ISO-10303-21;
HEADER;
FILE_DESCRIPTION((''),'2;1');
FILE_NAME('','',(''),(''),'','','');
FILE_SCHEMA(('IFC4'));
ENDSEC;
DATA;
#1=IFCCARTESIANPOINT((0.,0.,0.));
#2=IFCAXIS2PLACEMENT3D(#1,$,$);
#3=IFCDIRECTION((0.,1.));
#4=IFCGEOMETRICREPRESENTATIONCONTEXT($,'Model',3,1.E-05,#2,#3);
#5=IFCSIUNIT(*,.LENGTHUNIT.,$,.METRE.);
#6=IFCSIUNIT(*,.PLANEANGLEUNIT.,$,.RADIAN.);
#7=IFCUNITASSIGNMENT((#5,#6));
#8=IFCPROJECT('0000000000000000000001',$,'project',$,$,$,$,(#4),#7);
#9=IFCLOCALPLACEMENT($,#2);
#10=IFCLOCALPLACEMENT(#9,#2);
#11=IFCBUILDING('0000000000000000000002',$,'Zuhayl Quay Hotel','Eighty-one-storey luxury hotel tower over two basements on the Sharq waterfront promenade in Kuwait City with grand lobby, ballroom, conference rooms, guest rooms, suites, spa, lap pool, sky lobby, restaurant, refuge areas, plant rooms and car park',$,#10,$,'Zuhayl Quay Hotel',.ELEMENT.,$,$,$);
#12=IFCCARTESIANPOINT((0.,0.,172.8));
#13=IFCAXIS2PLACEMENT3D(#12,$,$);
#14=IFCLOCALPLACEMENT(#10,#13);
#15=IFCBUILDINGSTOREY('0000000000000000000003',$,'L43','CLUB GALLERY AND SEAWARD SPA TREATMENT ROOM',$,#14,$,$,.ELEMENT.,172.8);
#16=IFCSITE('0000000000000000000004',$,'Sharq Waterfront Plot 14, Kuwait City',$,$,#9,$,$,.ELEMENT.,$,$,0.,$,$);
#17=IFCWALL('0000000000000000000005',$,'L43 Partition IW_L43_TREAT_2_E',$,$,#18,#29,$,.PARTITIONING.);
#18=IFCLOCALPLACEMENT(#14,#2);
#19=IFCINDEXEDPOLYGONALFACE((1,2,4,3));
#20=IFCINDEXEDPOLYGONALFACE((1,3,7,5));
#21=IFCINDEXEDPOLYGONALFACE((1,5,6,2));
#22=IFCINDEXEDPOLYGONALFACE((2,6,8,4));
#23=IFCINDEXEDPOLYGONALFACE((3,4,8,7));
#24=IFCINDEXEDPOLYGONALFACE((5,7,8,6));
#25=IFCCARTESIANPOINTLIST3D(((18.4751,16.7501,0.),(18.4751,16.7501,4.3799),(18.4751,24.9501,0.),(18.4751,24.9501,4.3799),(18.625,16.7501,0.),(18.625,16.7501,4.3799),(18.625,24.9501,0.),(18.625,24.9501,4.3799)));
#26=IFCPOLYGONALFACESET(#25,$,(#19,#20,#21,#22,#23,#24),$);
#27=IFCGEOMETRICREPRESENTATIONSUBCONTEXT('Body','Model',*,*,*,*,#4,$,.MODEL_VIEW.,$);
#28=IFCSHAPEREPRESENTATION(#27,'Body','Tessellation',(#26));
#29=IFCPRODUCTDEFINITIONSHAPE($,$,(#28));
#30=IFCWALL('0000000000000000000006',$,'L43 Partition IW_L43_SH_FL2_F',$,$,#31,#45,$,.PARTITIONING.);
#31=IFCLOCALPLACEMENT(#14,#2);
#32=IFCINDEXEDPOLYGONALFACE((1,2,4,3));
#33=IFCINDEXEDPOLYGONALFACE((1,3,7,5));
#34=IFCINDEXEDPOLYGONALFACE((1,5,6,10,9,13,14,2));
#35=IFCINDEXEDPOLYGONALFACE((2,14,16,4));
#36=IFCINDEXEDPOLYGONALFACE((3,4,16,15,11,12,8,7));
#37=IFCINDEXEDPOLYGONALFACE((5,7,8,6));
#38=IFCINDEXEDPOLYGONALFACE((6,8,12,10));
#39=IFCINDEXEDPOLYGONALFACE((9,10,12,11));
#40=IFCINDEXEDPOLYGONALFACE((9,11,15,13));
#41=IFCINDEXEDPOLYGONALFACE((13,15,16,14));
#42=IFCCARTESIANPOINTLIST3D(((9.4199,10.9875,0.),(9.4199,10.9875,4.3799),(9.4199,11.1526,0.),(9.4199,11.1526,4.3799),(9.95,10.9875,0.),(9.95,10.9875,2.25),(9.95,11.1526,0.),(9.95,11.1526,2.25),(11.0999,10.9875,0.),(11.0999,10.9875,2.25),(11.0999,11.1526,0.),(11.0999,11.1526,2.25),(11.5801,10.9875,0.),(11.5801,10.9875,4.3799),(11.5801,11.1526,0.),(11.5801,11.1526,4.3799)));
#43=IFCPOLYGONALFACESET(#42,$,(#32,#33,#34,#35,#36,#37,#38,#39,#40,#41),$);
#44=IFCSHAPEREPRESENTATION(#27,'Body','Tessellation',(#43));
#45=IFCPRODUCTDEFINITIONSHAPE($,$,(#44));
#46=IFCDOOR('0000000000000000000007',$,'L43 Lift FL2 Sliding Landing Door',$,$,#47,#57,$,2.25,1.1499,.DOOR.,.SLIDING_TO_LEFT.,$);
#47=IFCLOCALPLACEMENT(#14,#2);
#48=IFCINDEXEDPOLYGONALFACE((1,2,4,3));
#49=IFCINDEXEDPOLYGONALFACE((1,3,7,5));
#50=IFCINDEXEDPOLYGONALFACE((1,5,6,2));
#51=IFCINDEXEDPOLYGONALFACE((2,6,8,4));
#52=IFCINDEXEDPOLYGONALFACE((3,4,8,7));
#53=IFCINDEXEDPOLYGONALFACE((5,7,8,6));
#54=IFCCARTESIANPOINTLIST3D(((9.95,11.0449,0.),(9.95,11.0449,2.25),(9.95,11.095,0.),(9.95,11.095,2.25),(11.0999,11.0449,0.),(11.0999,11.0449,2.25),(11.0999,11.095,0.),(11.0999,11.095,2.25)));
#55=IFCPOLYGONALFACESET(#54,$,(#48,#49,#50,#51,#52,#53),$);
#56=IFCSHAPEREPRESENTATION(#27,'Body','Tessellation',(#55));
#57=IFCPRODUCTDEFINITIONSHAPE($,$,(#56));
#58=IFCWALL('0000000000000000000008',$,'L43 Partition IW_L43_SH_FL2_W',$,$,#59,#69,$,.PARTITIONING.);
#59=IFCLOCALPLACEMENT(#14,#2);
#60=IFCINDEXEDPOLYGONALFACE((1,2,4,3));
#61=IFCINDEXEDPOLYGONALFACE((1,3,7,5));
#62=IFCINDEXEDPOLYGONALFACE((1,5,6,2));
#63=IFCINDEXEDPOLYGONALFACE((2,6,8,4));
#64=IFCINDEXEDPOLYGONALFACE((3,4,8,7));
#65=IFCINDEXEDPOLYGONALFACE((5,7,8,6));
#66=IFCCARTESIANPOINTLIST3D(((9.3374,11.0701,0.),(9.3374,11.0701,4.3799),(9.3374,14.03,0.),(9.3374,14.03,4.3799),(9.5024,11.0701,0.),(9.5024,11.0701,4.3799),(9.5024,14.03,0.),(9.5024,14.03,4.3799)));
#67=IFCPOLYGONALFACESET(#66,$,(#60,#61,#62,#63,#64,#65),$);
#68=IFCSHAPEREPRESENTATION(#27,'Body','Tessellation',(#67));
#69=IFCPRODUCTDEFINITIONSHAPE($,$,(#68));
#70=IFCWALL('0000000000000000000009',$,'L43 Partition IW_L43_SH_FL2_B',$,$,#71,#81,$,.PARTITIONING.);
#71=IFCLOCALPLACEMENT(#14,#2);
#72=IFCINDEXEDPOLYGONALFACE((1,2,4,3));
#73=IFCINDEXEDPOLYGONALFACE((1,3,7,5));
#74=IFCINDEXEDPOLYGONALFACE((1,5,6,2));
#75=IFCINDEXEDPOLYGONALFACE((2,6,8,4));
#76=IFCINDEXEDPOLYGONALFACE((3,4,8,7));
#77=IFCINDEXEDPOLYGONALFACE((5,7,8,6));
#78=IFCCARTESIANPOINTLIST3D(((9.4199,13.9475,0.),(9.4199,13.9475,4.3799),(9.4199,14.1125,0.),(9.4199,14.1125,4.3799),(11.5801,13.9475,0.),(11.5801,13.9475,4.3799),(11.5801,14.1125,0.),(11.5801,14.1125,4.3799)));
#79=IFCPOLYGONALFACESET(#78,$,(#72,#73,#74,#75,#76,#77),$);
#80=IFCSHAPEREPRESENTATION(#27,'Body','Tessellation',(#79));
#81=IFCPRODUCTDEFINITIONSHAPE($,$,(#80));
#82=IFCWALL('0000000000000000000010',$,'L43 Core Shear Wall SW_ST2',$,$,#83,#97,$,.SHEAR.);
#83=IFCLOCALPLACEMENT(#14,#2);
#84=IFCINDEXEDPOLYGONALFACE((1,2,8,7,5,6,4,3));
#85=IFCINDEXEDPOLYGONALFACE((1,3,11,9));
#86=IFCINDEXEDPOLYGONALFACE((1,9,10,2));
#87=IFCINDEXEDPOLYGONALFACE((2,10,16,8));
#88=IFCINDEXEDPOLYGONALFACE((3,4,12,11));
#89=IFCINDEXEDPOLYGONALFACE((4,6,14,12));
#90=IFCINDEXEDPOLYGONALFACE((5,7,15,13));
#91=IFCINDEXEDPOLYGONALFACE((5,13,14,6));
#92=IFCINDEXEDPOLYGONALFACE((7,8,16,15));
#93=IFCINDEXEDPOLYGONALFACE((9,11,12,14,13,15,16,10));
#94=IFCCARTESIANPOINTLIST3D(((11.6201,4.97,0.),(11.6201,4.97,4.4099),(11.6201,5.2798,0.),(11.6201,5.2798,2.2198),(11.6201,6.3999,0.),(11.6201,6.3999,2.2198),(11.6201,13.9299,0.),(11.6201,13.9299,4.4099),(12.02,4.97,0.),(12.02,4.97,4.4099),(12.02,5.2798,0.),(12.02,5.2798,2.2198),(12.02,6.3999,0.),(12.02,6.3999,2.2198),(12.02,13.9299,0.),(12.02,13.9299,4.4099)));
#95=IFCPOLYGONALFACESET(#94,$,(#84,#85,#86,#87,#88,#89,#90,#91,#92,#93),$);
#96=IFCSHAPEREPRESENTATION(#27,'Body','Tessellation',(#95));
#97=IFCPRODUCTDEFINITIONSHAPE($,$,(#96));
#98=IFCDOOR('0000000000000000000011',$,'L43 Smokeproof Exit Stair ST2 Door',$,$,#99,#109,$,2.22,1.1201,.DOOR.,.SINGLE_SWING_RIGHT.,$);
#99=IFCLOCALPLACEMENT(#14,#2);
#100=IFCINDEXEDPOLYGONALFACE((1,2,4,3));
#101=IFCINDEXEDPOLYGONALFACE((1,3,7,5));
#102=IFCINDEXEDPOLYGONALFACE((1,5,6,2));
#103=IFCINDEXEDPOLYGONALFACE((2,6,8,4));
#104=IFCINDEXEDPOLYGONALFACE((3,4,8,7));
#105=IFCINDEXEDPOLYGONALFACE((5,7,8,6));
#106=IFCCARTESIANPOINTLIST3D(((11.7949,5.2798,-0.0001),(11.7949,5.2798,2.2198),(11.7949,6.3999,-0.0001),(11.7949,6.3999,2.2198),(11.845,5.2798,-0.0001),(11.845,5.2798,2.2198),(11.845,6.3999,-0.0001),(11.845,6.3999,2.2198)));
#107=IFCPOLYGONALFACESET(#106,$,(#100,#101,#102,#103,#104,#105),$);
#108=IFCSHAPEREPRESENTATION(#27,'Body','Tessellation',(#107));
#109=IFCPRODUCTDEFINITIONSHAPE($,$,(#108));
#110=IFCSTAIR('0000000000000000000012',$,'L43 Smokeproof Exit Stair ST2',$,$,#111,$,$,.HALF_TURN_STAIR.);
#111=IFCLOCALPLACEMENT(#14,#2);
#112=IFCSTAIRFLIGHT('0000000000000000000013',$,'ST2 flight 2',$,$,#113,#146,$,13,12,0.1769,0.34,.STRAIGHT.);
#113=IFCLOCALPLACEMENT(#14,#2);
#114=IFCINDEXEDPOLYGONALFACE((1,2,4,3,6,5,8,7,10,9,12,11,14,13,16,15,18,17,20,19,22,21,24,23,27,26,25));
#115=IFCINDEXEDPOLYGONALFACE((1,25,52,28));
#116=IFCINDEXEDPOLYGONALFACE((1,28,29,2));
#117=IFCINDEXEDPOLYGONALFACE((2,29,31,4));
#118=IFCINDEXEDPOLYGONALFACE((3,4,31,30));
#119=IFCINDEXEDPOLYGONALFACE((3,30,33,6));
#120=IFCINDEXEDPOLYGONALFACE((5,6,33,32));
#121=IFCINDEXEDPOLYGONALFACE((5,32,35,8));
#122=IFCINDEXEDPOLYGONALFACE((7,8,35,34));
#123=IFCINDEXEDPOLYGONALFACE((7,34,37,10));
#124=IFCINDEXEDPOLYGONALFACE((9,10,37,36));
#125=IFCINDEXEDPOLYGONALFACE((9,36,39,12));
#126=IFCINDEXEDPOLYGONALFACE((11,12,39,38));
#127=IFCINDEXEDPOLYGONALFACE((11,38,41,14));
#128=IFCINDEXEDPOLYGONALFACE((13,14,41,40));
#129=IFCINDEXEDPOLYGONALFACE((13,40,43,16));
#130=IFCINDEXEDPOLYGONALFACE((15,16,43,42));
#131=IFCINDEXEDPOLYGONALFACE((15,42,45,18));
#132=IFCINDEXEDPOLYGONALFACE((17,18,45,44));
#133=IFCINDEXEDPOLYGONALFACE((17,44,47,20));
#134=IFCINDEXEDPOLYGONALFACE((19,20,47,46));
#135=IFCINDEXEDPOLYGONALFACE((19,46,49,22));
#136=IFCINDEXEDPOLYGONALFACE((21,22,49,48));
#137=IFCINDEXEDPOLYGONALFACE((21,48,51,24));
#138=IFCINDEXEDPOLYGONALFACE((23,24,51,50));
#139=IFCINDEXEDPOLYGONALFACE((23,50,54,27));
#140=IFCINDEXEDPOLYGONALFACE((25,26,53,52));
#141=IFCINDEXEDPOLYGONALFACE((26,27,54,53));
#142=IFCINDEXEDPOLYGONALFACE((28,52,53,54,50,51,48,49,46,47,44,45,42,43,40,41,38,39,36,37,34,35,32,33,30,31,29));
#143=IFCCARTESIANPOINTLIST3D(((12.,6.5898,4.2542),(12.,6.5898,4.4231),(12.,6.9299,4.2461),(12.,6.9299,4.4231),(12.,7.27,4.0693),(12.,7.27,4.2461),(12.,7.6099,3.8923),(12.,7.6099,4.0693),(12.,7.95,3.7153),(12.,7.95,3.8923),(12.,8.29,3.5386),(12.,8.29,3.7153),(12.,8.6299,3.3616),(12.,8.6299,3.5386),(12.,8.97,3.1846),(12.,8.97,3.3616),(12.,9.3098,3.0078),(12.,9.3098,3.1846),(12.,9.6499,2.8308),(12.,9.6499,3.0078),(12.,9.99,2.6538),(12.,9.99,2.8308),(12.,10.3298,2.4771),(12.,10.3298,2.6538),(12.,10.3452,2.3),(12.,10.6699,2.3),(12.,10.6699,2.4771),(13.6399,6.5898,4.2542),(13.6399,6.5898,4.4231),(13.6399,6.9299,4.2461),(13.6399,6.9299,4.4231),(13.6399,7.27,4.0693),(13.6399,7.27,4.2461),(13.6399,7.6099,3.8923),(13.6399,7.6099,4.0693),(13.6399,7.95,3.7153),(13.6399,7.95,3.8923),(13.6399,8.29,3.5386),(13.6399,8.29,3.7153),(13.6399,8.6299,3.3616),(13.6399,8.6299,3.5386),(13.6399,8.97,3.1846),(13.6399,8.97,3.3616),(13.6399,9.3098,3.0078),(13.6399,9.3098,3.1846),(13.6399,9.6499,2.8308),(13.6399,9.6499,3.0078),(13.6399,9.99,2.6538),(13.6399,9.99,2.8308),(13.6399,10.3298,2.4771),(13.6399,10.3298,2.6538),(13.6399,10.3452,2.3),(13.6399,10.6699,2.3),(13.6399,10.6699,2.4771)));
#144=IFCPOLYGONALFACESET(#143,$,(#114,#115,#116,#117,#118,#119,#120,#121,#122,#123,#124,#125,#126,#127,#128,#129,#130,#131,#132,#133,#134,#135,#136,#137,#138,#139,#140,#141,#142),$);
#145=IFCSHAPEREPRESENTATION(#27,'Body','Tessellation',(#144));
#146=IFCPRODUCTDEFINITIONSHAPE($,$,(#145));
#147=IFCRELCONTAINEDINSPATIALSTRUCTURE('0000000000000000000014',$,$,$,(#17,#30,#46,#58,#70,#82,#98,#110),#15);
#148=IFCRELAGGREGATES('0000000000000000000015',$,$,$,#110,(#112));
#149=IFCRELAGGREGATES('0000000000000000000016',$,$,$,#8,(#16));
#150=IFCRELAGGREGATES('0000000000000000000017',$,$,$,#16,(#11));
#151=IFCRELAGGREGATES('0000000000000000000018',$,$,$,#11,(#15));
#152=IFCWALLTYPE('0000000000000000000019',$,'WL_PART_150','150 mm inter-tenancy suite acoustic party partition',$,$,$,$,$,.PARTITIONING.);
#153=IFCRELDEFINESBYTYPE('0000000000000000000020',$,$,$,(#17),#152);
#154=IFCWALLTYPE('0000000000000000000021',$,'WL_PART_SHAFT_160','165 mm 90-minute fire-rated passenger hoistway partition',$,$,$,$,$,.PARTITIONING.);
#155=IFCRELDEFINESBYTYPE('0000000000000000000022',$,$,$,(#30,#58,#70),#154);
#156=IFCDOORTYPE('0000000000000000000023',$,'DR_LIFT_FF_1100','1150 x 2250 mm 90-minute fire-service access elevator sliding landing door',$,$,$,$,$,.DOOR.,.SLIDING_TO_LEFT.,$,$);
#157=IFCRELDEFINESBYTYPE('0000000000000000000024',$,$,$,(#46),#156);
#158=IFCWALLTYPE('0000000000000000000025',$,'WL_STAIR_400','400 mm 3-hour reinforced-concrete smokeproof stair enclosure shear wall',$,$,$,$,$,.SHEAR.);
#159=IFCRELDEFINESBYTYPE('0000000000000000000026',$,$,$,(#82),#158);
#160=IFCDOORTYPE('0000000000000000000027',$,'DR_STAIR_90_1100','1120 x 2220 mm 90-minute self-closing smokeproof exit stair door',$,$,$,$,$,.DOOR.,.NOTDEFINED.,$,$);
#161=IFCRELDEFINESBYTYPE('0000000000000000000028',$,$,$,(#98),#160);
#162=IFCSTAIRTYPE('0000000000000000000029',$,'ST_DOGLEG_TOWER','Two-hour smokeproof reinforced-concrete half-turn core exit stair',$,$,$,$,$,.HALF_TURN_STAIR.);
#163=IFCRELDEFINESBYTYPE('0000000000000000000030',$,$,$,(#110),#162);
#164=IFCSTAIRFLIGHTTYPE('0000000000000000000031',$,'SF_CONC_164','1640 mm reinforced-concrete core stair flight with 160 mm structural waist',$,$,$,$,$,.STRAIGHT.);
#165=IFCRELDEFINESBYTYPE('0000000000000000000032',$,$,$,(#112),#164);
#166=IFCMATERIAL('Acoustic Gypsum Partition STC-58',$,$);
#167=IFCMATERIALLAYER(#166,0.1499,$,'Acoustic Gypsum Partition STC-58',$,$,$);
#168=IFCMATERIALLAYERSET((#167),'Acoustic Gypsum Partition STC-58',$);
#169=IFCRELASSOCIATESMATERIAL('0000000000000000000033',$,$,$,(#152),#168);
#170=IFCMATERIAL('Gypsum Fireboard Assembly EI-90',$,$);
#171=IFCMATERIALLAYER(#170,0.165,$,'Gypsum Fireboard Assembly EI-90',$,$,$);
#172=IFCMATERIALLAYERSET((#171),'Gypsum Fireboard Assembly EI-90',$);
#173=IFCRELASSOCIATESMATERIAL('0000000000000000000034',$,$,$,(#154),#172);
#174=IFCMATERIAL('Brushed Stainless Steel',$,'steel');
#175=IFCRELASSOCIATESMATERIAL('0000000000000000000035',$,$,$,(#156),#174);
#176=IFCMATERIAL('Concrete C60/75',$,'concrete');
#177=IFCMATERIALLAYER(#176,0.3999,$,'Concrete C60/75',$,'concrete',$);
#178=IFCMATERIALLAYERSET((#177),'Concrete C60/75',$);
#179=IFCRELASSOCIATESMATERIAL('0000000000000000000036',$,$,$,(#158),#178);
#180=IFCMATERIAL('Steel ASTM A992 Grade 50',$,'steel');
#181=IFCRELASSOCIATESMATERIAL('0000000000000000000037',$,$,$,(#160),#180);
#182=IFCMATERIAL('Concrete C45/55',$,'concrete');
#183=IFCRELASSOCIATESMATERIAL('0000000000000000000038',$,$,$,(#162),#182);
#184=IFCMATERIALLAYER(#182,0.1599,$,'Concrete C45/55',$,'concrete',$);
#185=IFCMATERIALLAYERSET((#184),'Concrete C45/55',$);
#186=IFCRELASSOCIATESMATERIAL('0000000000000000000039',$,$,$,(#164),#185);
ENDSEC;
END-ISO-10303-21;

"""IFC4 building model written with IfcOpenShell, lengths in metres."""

from ifc_helpers import new_model, si_unit, direction, frame, frame_2d, origin, place, context, subcontext, project, spatial, polyline, rectangle, outline, extrude, material, layer, layer_set, type_object, element, fill, aggregate, save


model = new_model("IFC4")

# Units and contexts
model_context = context("Model", 3, precision=1e-05, world=origin(), true_north=direction((0.0, 1.0)))
body_context = subcontext(model_context, "Body", "Model", "MODEL_VIEW")
ifc_project = project(units=[si_unit("LENGTHUNIT", "METRE"), si_unit("PLANEANGLEUNIT", "RADIAN")], contexts=[model_context])

# Site, building, storey
site_placement = place(None, origin())
site = spatial("IfcSite", under=ifc_project, at=site_placement, Name="Sharq Waterfront Plot 14, Kuwait City", CompositionType="ELEMENT", RefElevation=0.0)
building_placement = place(site_placement, origin())
building = spatial("IfcBuilding", under=site, at=building_placement, Name="Zuhayl Quay Hotel", Description="Eighty-one-storey luxury hotel tower over two basements on the Sharq waterfront promenade in Kuwait City with grand lobby, ballroom, conference rooms, guest rooms, suites, spa, lap pool, sky lobby, restaurant, refuge areas, plant rooms and car park", LongName="Zuhayl Quay Hotel", CompositionType="ELEMENT")
storey_placement = place(building_placement, frame((0.0, 0.0, 172.8)))
storey = spatial("IfcBuildingStorey", under=building, at=storey_placement, Name="L43", Description="CLUB GALLERY AND SEAWARD SPA TREATMENT ROOM", CompositionType="ELEMENT", Elevation=172.8)

# Shared definitions
ifc_material_1 = material(Name="Concrete C60/75", Category="concrete")

# Shared definitions
ifc_material_2 = material(Name="Steel ASTM A992 Grade 50", Category="steel")

# Wall
ifc_material_3 = material(Name="Acoustic Gypsum Partition STC-58")
ifc_layer_1 = layer(ifc_material_3, 0.1499, Name="Acoustic Gypsum Partition STC-58")
ifc_layer_set_1 = layer_set([ifc_layer_1], Name="Acoustic Gypsum Partition STC-58")
wall_type_1 = type_object("IfcWallType", Name="WL_PART_150", Description="150 mm inter-tenancy suite acoustic party partition", PredefinedType="PARTITIONING", material=ifc_layer_set_1)
wall_1_placement = place(storey_placement, frame((18.55, 16.75, 0.0), z_axis=(0.0, 0.0, 1.0), x_axis=(0.0, 1.0, 0.0)))
element("IfcWall", 1, at=wall_1_placement, inside=storey, type_object=wall_type_1, Name="L43 Partition IW_L43_TREAT_2_E", PredefinedType="PARTITIONING", context=body_context, shape_type="SweptSolid", body=[
    extrude(rectangle(XDim=8.2, YDim=0.1499, at=frame_2d((4.1001, 0.0))), origin(), (0.0, 0.0, 1.0), 4.3799),
])

# Wall, opening, door
ifc_material_4 = material(Name="Gypsum Fireboard Assembly EI-90")
ifc_layer_2 = layer(ifc_material_4, 0.165, Name="Gypsum Fireboard Assembly EI-90")
ifc_layer_set_2 = layer_set([ifc_layer_2], Name="Gypsum Fireboard Assembly EI-90")
wall_type_2 = type_object("IfcWallType", Name="WL_PART_SHAFT_160", Description="165 mm 90-minute fire-rated passenger hoistway partition", PredefinedType="PARTITIONING", material=ifc_layer_set_2)
wall_2_placement = place(storey_placement, frame((9.4199, 11.0701, 0.0), z_axis=(0.0, 0.0, 1.0), x_axis=(1.0, 0.0, 0.0)))
wall_2 = element("IfcWall", 2, at=wall_2_placement, inside=storey, type_object=wall_type_2, Name="L43 Partition IW_L43_SH_FL2_F", PredefinedType="PARTITIONING", context=body_context, shape_type="SweptSolid", body=[
    extrude(rectangle(XDim=2.1602, YDim=0.165, at=frame_2d((1.0801, 0.0))), origin(), (0.0, 0.0, 1.0), 4.3799),
])
opening_1_placement = place(wall_2_placement, frame((0.53, 0.0, 0.0)))
opening_1 = element("IfcOpeningElement", 3, at=opening_1_placement, cuts=wall_2, PredefinedType="OPENING", context=body_context, shape_type="SweptSolid", body=[
    extrude(rectangle(XDim=1.1499, YDim=2.25, at=frame_2d((0.575, 1.125))), frame((0.0, 0.0925, 0.0), z_axis=(0.0, -1.0, 0.0), x_axis=(1.0, 0.0, 0.0)), (0.0, 0.0, 1.0), 0.1851),
])
ifc_material_5 = material(Name="Brushed Stainless Steel", Category="steel")
door_type_1 = type_object("IfcDoorType", Name="DR_LIFT_FF_1100", Description="1150 x 2250 mm 90-minute fire-service access elevator sliding landing door", OperationType="SLIDING_TO_LEFT", PredefinedType="DOOR", material=ifc_material_5)
door_1_placement = place(opening_1_placement, origin())
door_1 = element("IfcDoor", 4, at=door_1_placement, inside=storey, type_object=door_type_1, Name="L43 Lift FL2 Sliding Landing Door", OperationType="SLIDING_TO_LEFT", OverallHeight=2.25, OverallWidth=1.1499, PredefinedType="DOOR", context=body_context, shape_type="SweptSolid", body=[
    extrude(rectangle(XDim=1.1499, YDim=2.25, at=frame_2d((0.575, 1.125))), frame((0.0, 0.0249, 0.0), z_axis=(0.0, -1.0, 0.0), x_axis=(1.0, 0.0, 0.0)), (0.0, 0.0, 1.0), 0.05),
])
fill(opening_1, door_1)

# Walls
wall_3_placement = place(storey_placement, frame((9.4199, 11.0701, 0.0), z_axis=(0.0, 0.0, 1.0), x_axis=(0.0, 1.0, 0.0)))
element("IfcWall", 5, at=wall_3_placement, inside=storey, type_object=wall_type_2, Name="L43 Partition IW_L43_SH_FL2_W", PredefinedType="PARTITIONING", context=body_context, shape_type="SweptSolid", body=[
    extrude(rectangle(XDim=2.96, YDim=0.165, at=frame_2d((1.48, 0.0))), origin(), (0.0, 0.0, 1.0), 4.3799),
])
wall_4_placement = place(storey_placement, frame((9.4199, 14.03, 0.0), z_axis=(0.0, 0.0, 1.0), x_axis=(1.0, 0.0, 0.0)))
element("IfcWall", 6, at=wall_4_placement, inside=storey, type_object=wall_type_2, Name="L43 Partition IW_L43_SH_FL2_B", PredefinedType="PARTITIONING", context=body_context, shape_type="SweptSolid", body=[
    extrude(rectangle(XDim=2.1602, YDim=0.165, at=frame_2d((1.0801, 0.0))), origin(), (0.0, 0.0, 1.0), 4.3799),
])

# Wall, opening, door
ifc_layer_3 = layer(ifc_material_1, 0.3999, Name="Concrete C60/75", Category="concrete")
ifc_layer_set_3 = layer_set([ifc_layer_3], Name="Concrete C60/75")
wall_type_3 = type_object("IfcWallType", Name="WL_STAIR_400", Description="400 mm 3-hour reinforced-concrete smokeproof stair enclosure shear wall", PredefinedType="SHEAR", material=ifc_layer_set_3)
wall_5_placement = place(storey_placement, frame((11.8201, 13.9299, 0.0), z_axis=(0.0, 0.0, 1.0), x_axis=(0.0, -1.0, 0.0)))
wall_5 = element("IfcWall", 7, at=wall_5_placement, inside=storey, type_object=wall_type_3, Name="L43 Core Shear Wall SW_ST2", PredefinedType="SHEAR", context=body_context, shape_type="SweptSolid", body=[
    extrude(rectangle(XDim=8.96, YDim=0.3999, at=frame_2d((4.48, 0.0))), origin(), (0.0, 0.0, 1.0), 4.4099),
])
opening_2_placement = place(wall_5_placement, frame((7.53, 0.0, 0.0)))
opening_2 = element("IfcOpeningElement", 8, at=opening_2_placement, cuts=wall_5, PredefinedType="OPENING", context=body_context, shape_type="SweptSolid", body=[
    extrude(rectangle(XDim=1.1201, YDim=2.22, at=frame_2d((0.5601, 1.1099))), frame((0.0, 0.21, 0.0), z_axis=(0.0, -1.0, 0.0), x_axis=(1.0, 0.0, 0.0)), (0.0, 0.0, 1.0), 0.4199),
])
door_type_2 = type_object("IfcDoorType", Name="DR_STAIR_90_1100", Description="1120 x 2220 mm 90-minute self-closing smokeproof exit stair door", OperationType="NOTDEFINED", PredefinedType="DOOR", material=ifc_material_2)
door_2_placement = place(opening_2_placement, origin())
door_2 = element("IfcDoor", 9, at=door_2_placement, inside=storey, type_object=door_type_2, Name="L43 Smokeproof Exit Stair ST2 Door", OperationType="SINGLE_SWING_RIGHT", OverallHeight=2.22, OverallWidth=1.1201, PredefinedType="DOOR", context=body_context, shape_type="SweptSolid", body=[
    extrude(rectangle(XDim=1.1201, YDim=2.22, at=frame_2d((0.5601, 1.1099))), frame((0.0, 0.0249, 0.0), z_axis=(0.0, -1.0, 0.0), x_axis=(1.0, 0.0, 0.0)), (0.0, 0.0, 1.0), 0.05),
])
fill(opening_2, door_2)

# Stair, stair flight
ifc_material_6 = material(Name="Concrete C45/55", Category="concrete")
stair_type = type_object("IfcStairType", Name="ST_DOGLEG_TOWER", Description="Two-hour smokeproof reinforced-concrete half-turn core exit stair", PredefinedType="HALF_TURN_STAIR", material=ifc_material_6)
stair_placement = place(storey_placement, origin())
stair = element("IfcStair", 10, at=stair_placement, inside=storey, type_object=stair_type, Name="L43 Smokeproof Exit Stair ST2", PredefinedType="HALF_TURN_STAIR")
ifc_layer_4 = layer(ifc_material_6, 0.1599, Name="Concrete C45/55", Category="concrete")
ifc_layer_set_4 = layer_set([ifc_layer_4], Name="Concrete C45/55")
stair_flight_type = type_object("IfcStairFlightType", Name="SF_CONC_164", Description="1640 mm reinforced-concrete core stair flight with 160 mm structural waist", PredefinedType="STRAIGHT", material=ifc_layer_set_4)
stair_flight_placement = place(storey_placement, frame((12.8201, 10.6699, 2.3), z_axis=(0.0, 0.0, 1.0), x_axis=(0.0, -1.0, 0.0)))
stair_flight = element("IfcStairFlight", 11, at=stair_flight_placement, type_object=stair_flight_type, Name="ST2 flight 2", NumberOfRisers=13, NumberOfTreads=12, PredefinedType="STRAIGHT", RiserHeight=0.1769, TreadLength=0.34, context=body_context, shape_type="SweptSolid", body=[
    extrude(outline(polyline([(0.0, 0.0), (0.0, 0.177), (0.3401, 0.177), (0.3401, 0.3538), (0.6799, 0.3538), (0.6799, 0.5308), (1.02, 0.5308), (1.02, 0.7078), (1.3601, 0.7078), (1.3601, 0.8845), (1.7, 0.8845), (1.7, 1.0615), (2.04, 1.0615), (2.04, 1.2385), (2.3799, 1.2385), (2.3799, 1.4153), (2.72, 1.4153), (2.72, 1.5923), (3.0601, 1.5923), (3.0601, 1.7693), (3.3999, 1.7693), (3.3999, 1.946), (3.74, 1.946), (3.74, 2.123), (4.0801, 2.123), (4.0801, 2.3), (4.0801, 1.9541), (0.3247, 0.0), (0.0, 0.0)])), frame((0.0, 0.8198, 0.0), z_axis=(0.0, -1.0, 0.0), x_axis=(1.0, 0.0, 0.0)), (0.0, 0.0, 1.0), 1.6399),
])
aggregate(stair, [stair_flight])

save(model, "model.ifc")
